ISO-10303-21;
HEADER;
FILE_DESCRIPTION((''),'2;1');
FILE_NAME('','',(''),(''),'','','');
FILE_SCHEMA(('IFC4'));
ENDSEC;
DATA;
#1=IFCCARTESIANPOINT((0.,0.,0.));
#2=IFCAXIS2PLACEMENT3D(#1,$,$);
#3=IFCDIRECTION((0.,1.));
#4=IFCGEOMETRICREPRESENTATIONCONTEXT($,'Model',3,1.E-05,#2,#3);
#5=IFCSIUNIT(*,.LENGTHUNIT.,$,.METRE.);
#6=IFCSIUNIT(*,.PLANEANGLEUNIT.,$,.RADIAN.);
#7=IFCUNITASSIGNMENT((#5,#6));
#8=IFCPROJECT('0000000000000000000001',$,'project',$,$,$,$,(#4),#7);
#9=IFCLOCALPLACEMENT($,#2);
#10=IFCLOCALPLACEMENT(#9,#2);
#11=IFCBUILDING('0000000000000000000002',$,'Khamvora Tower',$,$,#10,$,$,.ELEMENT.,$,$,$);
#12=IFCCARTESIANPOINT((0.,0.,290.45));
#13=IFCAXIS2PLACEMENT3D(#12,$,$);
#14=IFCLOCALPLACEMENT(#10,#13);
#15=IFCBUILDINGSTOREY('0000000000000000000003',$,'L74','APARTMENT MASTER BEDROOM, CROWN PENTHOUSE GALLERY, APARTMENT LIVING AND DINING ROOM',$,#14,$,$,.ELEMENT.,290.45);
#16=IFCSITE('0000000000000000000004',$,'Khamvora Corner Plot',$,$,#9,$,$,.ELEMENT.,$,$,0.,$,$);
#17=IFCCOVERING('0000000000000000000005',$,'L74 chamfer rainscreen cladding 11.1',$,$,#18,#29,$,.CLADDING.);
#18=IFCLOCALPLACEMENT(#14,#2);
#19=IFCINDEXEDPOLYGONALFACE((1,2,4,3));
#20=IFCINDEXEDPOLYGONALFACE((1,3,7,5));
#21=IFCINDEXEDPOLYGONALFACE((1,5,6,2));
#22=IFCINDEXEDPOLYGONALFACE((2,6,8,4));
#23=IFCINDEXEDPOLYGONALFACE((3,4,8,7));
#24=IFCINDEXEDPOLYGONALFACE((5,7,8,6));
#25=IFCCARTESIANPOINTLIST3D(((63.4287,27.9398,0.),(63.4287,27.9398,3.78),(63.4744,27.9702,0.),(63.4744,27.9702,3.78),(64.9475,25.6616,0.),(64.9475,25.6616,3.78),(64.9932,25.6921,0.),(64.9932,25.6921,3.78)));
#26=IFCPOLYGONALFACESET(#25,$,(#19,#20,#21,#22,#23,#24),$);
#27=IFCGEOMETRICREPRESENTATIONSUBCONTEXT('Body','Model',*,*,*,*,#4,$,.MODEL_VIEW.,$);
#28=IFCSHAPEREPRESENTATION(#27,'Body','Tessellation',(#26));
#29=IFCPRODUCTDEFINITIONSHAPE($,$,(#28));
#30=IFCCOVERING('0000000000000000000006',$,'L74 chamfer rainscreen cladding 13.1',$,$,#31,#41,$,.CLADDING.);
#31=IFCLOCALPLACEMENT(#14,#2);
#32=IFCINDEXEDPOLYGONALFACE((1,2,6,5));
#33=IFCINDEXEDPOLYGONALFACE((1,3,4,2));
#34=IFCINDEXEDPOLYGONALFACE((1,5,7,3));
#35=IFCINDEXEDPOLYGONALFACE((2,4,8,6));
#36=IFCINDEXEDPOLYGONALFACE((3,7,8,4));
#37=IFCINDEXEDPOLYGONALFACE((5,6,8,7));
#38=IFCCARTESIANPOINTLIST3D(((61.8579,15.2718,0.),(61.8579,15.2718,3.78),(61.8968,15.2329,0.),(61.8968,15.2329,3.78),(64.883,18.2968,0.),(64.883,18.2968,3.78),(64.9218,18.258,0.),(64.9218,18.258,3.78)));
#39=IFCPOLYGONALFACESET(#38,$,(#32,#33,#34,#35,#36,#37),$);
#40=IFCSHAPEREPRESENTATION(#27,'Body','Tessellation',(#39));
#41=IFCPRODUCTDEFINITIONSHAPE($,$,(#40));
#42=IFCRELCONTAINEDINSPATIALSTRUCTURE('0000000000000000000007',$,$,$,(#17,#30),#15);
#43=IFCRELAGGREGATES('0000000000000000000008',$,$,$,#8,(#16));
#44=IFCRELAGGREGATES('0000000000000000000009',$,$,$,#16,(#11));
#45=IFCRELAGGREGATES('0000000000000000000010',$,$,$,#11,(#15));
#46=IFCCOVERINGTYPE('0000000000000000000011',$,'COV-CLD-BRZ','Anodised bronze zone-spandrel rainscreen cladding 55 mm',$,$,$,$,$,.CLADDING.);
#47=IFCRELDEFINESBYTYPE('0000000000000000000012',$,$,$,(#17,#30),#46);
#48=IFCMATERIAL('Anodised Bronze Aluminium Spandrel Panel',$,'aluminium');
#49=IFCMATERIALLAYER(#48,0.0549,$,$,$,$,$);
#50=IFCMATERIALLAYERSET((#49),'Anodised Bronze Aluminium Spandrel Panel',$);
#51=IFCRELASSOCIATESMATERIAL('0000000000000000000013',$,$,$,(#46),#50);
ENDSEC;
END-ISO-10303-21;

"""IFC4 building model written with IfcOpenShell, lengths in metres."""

from ifc_helpers import new_model, si_unit, direction, frame, origin, origin_2d, place, context, subcontext, project, spatial, rectangle, extrude, material, layer, layer_set, type_object, element, save


model = new_model("IFC4")

# Units and contexts
model_context = context("Model", 3, precision=1e-05, world=origin(), true_north=direction((0.0, 1.0)))
body_context = subcontext(model_context, "Body", "Model", "MODEL_VIEW")
ifc_project = project(units=[si_unit("LENGTHUNIT", "METRE"), si_unit("PLANEANGLEUNIT", "RADIAN")], contexts=[model_context])

# Site, building, storey
site_placement = place(None, origin())
site = spatial("IfcSite", under=ifc_project, at=site_placement, Name="Khamvora Corner Plot", CompositionType="ELEMENT", RefElevation=0.0)
building_placement = place(site_placement, origin())
building = spatial("IfcBuilding", under=site, at=building_placement, Name="Khamvora Tower", CompositionType="ELEMENT")
storey_placement = place(building_placement, frame((0.0, 0.0, 290.45)))
storey = spatial("IfcBuildingStorey", under=building, at=storey_placement, Name="L74", Description="APARTMENT MASTER BEDROOM, CROWN PENTHOUSE GALLERY, APARTMENT LIVING AND DINING ROOM", CompositionType="ELEMENT", Elevation=290.45)

# Coverings
ifc_material_1 = material(Name="Anodised Bronze Aluminium Spandrel Panel", Category="aluminium")
ifc_layer_1 = layer(ifc_material_1, 0.0549)
ifc_layer_set_1 = layer_set([ifc_layer_1], Name="Anodised Bronze Aluminium Spandrel Panel")
covering_type = type_object("IfcCoveringType", Name="COV-CLD-BRZ", Description="Anodised bronze zone-spandrel rainscreen cladding 55 mm", PredefinedType="CLADDING", material=ifc_layer_set_1)
covering_1_placement = place(storey_placement, frame((64.2109, 26.8159, 0.0), z_axis=(0.0, 0.0, 1.0), x_axis=(0.5547, -0.83205, 0.0)))
element("IfcCovering", 1, at=covering_1_placement, inside=storey, type_object=covering_type, Name="L74 chamfer rainscreen cladding 11.1", PredefinedType="CLADDING", context=body_context, shape_type="SweptSolid", body=[
    extrude(rectangle(XDim=2.738, YDim=0.0549, at=origin_2d()), origin(), (0.0, 0.0, 1.0), 3.78),
])
covering_2_placement = place(storey_placement, frame((63.3899, 16.7649, 0.0), z_axis=(0.0, 0.0, 1.0), x_axis=(-0.707107, -0.707107, 0.0)))
element("IfcCovering", 2, at=covering_2_placement, inside=storey, type_object=covering_type, Name="L74 chamfer rainscreen cladding 13.1", PredefinedType="CLADDING", context=body_context, shape_type="SweptSolid", body=[
    extrude(rectangle(XDim=4.2781, YDim=0.0549, at=origin_2d()), origin(), (0.0, 0.0, 1.0), 3.78),
])

save(model, "model.ifc")
